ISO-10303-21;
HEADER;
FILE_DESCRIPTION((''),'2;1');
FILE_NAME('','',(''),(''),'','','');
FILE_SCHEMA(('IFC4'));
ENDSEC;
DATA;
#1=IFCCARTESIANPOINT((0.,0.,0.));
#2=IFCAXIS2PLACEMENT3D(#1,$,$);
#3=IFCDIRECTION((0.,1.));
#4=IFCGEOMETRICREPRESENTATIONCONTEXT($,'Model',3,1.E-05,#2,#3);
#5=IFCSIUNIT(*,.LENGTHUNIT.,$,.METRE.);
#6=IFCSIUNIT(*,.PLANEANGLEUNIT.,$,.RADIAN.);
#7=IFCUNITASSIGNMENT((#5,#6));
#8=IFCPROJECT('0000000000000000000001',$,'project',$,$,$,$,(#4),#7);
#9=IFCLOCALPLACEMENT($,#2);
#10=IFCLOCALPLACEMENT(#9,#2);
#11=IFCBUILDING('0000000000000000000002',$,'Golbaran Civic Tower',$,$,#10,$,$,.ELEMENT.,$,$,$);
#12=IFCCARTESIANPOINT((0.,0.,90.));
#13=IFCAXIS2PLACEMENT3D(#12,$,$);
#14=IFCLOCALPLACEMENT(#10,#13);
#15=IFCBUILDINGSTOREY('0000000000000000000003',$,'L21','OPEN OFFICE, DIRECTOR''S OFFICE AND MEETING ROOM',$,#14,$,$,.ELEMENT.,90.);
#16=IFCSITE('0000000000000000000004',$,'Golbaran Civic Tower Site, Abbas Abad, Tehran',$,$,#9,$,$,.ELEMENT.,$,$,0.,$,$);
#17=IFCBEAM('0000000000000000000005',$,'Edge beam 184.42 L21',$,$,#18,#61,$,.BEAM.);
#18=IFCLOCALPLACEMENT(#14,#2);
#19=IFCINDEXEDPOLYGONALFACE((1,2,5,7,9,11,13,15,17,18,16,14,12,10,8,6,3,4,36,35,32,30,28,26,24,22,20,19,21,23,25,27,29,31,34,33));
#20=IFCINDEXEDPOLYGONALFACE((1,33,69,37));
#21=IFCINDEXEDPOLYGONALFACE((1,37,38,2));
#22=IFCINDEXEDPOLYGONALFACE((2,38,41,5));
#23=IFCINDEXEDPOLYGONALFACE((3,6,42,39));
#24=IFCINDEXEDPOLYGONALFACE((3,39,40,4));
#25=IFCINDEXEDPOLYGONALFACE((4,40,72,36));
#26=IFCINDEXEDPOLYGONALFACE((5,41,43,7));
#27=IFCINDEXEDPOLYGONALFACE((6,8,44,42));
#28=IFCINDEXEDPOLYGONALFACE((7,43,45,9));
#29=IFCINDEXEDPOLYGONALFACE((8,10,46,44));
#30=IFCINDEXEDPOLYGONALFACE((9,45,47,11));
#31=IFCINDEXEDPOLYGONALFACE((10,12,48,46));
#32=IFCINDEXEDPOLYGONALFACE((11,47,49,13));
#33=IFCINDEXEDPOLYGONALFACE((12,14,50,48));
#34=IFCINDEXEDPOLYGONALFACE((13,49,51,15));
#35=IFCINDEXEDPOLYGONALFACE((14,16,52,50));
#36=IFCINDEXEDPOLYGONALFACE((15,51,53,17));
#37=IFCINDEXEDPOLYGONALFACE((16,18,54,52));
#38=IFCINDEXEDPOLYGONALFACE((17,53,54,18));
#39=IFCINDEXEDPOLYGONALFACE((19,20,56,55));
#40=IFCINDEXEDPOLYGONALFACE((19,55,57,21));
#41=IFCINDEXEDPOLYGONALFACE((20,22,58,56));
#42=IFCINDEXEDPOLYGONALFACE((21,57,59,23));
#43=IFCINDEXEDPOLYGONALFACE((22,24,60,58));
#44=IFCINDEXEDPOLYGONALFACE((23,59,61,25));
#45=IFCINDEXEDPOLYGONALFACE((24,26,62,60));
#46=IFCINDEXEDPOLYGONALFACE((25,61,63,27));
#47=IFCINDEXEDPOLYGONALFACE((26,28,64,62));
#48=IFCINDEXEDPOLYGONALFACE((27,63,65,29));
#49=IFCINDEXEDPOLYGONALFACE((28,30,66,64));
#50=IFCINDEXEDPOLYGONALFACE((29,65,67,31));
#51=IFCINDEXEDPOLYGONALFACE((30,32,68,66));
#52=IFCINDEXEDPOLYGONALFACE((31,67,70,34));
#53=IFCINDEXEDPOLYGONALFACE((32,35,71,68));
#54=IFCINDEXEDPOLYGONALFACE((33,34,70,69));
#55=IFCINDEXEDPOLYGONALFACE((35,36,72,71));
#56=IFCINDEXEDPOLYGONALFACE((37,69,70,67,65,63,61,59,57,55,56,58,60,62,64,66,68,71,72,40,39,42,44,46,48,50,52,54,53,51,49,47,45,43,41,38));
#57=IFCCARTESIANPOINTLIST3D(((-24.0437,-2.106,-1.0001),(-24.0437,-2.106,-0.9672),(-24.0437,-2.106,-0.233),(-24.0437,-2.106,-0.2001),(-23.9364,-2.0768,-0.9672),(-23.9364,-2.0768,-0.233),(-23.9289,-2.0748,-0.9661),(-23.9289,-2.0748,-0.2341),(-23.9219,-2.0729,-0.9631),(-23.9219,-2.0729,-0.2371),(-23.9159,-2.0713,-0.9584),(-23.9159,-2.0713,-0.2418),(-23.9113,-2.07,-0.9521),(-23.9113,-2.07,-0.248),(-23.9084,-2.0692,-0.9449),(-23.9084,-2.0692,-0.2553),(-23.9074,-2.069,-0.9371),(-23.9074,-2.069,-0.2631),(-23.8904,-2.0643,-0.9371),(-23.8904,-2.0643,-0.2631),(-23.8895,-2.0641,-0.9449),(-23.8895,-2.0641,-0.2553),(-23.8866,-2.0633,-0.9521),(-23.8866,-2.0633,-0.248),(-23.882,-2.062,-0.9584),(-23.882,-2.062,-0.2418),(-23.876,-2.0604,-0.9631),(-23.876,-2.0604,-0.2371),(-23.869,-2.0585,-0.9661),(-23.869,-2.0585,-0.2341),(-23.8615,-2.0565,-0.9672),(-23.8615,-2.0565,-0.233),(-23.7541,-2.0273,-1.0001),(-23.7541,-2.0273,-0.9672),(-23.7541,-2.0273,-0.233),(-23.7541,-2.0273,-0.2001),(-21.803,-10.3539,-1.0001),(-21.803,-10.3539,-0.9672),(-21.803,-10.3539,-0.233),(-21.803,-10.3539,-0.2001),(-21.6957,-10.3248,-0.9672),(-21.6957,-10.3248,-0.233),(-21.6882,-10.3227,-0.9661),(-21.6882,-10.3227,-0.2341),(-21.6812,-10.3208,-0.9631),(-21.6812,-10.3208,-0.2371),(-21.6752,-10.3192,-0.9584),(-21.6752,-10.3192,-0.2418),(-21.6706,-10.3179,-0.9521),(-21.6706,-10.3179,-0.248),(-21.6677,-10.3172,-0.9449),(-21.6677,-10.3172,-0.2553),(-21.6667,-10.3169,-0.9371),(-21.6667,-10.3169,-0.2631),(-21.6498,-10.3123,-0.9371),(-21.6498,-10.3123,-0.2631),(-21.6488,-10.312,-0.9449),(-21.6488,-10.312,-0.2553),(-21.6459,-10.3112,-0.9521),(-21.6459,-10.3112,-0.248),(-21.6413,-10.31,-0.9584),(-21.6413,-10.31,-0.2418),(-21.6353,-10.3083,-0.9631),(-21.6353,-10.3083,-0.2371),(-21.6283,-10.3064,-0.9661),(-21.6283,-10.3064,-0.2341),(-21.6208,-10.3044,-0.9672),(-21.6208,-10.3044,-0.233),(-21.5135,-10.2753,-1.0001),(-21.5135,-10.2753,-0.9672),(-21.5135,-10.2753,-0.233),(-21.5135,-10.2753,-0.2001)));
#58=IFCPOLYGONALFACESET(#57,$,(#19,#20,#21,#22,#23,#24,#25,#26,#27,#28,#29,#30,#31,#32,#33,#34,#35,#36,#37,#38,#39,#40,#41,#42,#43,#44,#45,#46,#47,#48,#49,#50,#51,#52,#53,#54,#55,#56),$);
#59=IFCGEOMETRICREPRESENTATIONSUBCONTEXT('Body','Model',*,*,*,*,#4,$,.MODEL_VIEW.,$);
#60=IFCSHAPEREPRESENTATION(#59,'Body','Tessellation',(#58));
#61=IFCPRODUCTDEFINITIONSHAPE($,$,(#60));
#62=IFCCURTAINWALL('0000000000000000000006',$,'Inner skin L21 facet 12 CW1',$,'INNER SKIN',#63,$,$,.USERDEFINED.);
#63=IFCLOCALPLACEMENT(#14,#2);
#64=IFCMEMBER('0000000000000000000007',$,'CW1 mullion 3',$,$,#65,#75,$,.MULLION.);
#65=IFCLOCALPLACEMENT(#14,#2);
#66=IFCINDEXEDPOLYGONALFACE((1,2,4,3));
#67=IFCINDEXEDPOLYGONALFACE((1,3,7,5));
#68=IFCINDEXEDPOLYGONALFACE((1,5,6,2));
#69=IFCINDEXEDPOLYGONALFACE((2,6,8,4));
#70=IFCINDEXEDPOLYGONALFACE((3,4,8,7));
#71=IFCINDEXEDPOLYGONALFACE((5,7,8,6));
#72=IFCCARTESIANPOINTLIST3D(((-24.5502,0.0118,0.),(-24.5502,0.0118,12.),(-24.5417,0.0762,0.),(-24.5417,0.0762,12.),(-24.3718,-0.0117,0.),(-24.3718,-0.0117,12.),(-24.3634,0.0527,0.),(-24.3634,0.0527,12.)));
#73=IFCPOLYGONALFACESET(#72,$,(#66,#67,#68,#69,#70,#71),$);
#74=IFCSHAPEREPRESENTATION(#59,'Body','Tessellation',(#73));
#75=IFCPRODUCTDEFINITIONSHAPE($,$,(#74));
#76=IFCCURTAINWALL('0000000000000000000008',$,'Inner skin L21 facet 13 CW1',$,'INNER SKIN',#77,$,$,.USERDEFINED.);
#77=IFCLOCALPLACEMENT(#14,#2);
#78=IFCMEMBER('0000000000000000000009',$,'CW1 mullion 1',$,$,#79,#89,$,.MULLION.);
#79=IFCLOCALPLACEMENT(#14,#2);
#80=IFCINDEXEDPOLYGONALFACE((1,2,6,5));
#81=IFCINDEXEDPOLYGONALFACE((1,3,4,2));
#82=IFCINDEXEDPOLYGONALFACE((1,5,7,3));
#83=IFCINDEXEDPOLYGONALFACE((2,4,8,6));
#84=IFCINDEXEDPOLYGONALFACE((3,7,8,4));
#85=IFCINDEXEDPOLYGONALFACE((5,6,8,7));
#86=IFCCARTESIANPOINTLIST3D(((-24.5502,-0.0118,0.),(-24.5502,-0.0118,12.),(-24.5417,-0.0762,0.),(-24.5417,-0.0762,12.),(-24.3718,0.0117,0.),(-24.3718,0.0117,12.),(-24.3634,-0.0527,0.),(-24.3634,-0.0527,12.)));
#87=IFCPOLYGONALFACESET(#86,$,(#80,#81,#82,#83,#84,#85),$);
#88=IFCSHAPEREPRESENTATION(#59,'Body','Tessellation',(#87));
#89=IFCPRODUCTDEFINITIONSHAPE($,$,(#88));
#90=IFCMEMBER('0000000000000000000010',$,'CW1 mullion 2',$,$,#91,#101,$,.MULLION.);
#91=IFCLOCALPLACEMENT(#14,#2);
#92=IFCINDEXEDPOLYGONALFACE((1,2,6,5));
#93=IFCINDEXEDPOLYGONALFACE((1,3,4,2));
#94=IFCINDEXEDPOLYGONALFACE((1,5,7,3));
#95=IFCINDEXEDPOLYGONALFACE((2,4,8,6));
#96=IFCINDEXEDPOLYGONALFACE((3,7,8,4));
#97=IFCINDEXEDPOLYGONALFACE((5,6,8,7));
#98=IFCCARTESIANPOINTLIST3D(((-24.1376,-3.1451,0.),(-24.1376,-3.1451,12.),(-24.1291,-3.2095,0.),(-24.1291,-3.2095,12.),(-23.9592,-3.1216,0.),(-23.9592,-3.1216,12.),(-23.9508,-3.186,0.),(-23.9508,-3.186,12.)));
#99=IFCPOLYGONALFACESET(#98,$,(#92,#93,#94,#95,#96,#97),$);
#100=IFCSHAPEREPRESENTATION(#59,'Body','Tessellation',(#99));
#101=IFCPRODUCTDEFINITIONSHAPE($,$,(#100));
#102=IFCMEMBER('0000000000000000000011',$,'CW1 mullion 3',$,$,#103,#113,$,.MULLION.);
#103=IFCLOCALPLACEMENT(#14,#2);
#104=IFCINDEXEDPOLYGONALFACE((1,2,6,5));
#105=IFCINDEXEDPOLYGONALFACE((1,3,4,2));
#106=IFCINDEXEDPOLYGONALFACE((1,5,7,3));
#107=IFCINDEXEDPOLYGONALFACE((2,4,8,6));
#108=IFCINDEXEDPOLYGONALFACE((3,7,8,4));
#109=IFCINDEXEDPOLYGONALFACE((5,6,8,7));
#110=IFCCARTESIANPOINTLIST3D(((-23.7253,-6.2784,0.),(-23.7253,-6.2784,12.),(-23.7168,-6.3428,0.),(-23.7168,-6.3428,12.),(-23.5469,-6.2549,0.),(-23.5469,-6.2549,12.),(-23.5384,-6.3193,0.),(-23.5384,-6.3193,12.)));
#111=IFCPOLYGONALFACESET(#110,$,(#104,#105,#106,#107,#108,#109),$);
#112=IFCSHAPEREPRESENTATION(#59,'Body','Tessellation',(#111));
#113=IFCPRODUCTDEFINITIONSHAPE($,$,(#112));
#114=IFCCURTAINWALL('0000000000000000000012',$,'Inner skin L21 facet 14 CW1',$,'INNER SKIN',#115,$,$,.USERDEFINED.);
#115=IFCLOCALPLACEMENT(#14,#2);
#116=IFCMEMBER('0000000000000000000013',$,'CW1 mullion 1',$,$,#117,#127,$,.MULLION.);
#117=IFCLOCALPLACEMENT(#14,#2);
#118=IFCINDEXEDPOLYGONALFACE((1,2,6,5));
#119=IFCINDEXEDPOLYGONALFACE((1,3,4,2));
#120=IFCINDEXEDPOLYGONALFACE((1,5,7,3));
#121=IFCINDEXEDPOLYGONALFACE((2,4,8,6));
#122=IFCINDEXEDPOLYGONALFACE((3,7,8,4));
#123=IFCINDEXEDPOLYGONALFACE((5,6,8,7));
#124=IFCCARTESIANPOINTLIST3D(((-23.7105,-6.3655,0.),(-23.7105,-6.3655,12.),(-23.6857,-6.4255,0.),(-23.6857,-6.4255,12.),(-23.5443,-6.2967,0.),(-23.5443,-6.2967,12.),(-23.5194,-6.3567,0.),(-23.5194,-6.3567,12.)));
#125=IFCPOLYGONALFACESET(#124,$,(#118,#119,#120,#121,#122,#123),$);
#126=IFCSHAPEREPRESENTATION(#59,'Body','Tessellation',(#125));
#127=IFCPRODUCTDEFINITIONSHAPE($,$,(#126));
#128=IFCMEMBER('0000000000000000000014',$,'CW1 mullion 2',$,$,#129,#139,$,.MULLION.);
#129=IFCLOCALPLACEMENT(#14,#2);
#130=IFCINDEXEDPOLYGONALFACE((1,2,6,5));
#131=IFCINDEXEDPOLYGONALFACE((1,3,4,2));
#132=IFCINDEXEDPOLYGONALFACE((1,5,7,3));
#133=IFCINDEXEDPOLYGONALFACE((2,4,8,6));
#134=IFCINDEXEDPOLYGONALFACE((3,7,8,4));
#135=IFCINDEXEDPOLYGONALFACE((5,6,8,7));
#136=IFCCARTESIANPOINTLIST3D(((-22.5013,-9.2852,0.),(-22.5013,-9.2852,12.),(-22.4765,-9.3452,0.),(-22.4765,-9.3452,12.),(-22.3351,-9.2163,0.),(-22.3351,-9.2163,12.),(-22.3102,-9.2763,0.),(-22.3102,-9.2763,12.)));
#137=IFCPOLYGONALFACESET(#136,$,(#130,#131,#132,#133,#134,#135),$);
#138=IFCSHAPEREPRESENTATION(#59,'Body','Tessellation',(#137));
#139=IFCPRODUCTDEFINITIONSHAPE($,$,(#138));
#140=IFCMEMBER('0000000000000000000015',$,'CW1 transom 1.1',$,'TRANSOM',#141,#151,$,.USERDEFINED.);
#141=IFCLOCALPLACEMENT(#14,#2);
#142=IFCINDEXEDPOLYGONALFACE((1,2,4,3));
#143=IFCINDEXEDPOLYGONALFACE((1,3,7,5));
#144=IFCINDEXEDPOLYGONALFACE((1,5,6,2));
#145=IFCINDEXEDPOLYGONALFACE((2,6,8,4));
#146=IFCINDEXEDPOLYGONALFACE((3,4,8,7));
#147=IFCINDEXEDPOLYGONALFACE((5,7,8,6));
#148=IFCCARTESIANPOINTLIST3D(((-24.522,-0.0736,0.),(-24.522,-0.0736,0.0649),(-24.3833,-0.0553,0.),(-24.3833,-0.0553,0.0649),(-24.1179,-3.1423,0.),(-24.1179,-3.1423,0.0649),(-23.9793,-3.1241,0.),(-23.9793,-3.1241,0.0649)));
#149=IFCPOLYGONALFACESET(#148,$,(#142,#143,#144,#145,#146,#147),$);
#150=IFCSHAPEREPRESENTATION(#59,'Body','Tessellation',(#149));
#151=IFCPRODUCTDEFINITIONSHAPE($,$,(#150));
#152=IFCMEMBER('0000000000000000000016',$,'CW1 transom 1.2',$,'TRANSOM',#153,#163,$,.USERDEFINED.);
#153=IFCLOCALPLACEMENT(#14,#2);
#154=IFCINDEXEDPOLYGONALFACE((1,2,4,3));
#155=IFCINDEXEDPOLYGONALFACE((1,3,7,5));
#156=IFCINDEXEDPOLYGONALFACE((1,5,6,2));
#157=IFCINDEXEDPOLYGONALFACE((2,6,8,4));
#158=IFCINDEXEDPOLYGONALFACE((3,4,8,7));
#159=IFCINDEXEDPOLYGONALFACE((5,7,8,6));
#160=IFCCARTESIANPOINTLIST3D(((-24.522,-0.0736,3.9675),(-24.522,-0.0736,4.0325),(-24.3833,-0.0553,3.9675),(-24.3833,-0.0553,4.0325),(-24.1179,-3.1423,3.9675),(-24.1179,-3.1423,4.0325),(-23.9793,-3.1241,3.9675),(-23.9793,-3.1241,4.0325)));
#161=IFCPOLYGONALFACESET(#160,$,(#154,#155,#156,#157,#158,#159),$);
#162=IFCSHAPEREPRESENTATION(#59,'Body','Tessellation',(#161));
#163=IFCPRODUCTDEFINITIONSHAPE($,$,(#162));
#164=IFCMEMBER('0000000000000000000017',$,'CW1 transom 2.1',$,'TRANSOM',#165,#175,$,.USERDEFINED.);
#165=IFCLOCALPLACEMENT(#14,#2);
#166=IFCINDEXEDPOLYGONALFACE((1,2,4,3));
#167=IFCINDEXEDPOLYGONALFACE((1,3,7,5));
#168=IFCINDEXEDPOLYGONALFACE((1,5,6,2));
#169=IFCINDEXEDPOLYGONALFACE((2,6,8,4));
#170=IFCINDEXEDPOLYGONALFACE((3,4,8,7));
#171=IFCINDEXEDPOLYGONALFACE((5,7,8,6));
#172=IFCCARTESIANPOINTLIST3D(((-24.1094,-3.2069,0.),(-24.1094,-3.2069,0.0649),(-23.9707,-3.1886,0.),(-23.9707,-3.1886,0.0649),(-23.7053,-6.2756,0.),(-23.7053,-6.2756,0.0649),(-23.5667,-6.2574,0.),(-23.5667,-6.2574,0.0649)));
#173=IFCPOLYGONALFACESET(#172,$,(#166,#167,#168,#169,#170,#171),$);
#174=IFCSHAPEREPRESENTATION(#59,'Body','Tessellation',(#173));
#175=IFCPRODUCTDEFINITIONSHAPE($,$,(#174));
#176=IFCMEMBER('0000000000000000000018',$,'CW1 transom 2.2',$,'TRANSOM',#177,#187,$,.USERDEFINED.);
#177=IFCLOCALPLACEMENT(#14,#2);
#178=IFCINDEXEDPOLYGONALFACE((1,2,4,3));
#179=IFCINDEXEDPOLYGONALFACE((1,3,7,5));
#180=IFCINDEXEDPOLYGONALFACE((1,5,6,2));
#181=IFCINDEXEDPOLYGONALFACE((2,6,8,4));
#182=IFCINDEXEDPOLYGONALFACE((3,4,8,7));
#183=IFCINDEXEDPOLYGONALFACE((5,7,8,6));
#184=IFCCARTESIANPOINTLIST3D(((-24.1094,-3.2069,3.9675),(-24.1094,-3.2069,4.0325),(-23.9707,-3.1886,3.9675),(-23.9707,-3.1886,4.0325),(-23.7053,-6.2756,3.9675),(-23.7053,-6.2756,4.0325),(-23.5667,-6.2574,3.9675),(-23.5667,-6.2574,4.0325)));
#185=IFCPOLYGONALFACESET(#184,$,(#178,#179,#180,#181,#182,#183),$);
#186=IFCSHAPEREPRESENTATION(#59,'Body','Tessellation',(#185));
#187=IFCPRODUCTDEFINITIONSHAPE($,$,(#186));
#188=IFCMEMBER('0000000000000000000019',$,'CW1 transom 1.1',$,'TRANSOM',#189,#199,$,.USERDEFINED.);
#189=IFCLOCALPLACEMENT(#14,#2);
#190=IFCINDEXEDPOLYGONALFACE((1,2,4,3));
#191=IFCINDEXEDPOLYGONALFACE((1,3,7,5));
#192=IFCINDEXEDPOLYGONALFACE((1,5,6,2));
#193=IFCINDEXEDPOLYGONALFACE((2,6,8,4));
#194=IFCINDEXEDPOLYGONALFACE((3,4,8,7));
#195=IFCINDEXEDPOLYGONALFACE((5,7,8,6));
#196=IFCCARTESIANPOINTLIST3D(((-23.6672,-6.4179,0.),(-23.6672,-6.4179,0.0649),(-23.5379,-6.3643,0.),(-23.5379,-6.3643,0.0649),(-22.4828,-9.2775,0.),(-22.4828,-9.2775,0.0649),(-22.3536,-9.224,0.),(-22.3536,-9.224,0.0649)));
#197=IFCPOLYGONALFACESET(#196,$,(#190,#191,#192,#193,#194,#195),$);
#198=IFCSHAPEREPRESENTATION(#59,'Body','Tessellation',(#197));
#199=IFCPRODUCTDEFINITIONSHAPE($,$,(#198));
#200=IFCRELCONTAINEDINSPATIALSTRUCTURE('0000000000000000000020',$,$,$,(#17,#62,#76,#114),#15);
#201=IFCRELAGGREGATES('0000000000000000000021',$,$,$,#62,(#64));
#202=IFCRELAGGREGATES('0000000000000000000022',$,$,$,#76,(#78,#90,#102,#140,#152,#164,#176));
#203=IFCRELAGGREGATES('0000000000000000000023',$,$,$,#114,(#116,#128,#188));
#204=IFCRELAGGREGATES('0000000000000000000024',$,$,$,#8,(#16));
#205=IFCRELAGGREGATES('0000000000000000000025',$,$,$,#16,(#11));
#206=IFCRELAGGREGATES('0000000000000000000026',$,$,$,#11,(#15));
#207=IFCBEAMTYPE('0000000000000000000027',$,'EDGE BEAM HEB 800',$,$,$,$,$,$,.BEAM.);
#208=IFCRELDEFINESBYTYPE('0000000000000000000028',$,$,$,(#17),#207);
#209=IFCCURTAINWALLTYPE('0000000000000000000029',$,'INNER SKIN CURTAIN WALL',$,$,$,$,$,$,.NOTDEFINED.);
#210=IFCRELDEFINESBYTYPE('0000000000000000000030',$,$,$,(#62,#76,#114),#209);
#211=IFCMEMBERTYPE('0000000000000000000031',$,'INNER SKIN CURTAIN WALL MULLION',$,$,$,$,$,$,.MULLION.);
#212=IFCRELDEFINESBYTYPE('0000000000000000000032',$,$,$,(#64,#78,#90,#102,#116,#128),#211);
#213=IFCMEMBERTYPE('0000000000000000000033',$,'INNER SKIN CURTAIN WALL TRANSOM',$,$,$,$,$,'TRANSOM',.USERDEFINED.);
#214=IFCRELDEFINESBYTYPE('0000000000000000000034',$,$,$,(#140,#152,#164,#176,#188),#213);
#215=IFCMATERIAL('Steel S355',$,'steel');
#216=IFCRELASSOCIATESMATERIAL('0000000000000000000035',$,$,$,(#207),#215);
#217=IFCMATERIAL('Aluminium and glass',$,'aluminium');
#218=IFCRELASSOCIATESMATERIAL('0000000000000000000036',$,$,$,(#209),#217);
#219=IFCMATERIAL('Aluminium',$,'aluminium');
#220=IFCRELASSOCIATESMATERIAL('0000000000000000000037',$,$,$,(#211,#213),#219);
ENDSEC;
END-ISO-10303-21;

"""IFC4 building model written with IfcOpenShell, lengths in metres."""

from ifc_helpers import new_model, si_unit, direction, frame, origin, origin_2d, place, context, subcontext, project, spatial, rectangle, i_section, extrude, material, material_profile, profile_set, type_object, element, aggregate, save


model = new_model("IFC4")

# Units and contexts
model_context = context("Model", 3, precision=1e-05, world=origin(), true_north=direction((0.0, 1.0)))
body_context = subcontext(model_context, "Body", "Model", "MODEL_VIEW")
ifc_project = project(units=[si_unit("LENGTHUNIT", "METRE"), si_unit("PLANEANGLEUNIT", "RADIAN")], contexts=[model_context])

# Site, building, storey
site_placement = place(None, origin())
site = spatial("IfcSite", under=ifc_project, at=site_placement, Name="Golbaran Civic Tower Site, Abbas Abad, Tehran", CompositionType="ELEMENT", RefElevation=0.0)
building_placement = place(site_placement, origin())
building = spatial("IfcBuilding", under=site, at=building_placement, Name="Golbaran Civic Tower", CompositionType="ELEMENT")
storey_placement = place(building_placement, frame((0.0, 0.0, 90.0)))
storey = spatial("IfcBuildingStorey", under=building, at=storey_placement, Name="L21", Description="OPEN OFFICE, DIRECTOR'S OFFICE AND MEETING ROOM", CompositionType="ELEMENT", Elevation=90.0)

# Beam
ifc_material_1 = material(Name="Steel S355", Category="steel")
ifc_material_profile_1 = material_profile(ifc_material_1, i_section(OverallWidth=0.3, OverallDepth=0.8, WebThickness=0.0176, FlangeThickness=0.033, FilletRadius=0.03, at=origin_2d()), Name="HEB 800")
ifc_profile_set_1 = profile_set([ifc_material_profile_1], Name="Steel S355")
beam_type = type_object("IfcBeamType", Name="EDGE BEAM HEB 800", PredefinedType="BEAM", material=ifc_profile_set_1)
beam_placement = place(storey_placement, frame((-23.8989, -2.0667, -0.6001), z_axis=(0.262165, -0.965023, 0.0), x_axis=(0.965023, 0.262165, 0.0)))
element("IfcBeam", 1, at=beam_placement, inside=storey, type_object=beam_type, Name="Edge beam 184.42 L21", PredefinedType="BEAM", context=body_context, shape_type="SweptSolid", body=[
    extrude(i_section(OverallWidth=0.3, OverallDepth=0.8, WebThickness=0.0176, FlangeThickness=0.033, FilletRadius=0.03, at=origin_2d()), origin(), (0.0, 0.0, 1.0), 8.5469),
])

# Curtain wall, member
ifc_material_2 = material(Name="Aluminium and glass", Category="aluminium")
curtain_wall_type = type_object("IfcCurtainWallType", Name="INNER SKIN CURTAIN WALL", PredefinedType="NOTDEFINED", material=ifc_material_2)
curtain_wall_1_placement = place(storey_placement, origin())
curtain_wall_1 = element("IfcCurtainWall", 2, at=curtain_wall_1_placement, inside=storey, type_object=curtain_wall_type, Name="Inner skin L21 facet 12 CW1", ObjectType="INNER SKIN", PredefinedType="USERDEFINED")
ifc_material_3 = material(Name="Aluminium", Category="aluminium")
ifc_material_profile_2 = material_profile(ifc_material_3, rectangle(XDim=0.1799, YDim=0.0649, at=origin_2d()), Name="INNER SKIN CURTAIN WALL MULLION")
ifc_profile_set_2 = profile_set([ifc_material_profile_2], Name="Aluminium")
member_type_1 = type_object("IfcMemberType", Name="INNER SKIN CURTAIN WALL MULLION", PredefinedType="MULLION", material=ifc_profile_set_2)
member_1_placement = place(storey_placement, frame((-24.4568, 0.0322, 0.0), z_axis=(0.0, 0.0, 1.0), x_axis=(0.991445, -0.130526, 0.0)))
member_1 = element("IfcMember", 3, at=member_1_placement, type_object=member_type_1, Name="CW1 mullion 3", PredefinedType="MULLION", context=body_context, shape_type="SweptSolid", body=[
    extrude(rectangle(XDim=0.1799, YDim=0.0649, at=origin_2d()), origin(), (0.0, 0.0, 1.0), 12.0),
])

# Curtain walls, members
curtain_wall_2_placement = place(storey_placement, origin())
curtain_wall_2 = element("IfcCurtainWall", 4, at=curtain_wall_2_placement, inside=storey, type_object=curtain_wall_type, Name="Inner skin L21 facet 13 CW1", ObjectType="INNER SKIN", PredefinedType="USERDEFINED")
member_2_placement = place(storey_placement, frame((-24.4568, -0.0322, 0.0), z_axis=(0.0, 0.0, 1.0), x_axis=(0.991445, 0.130526, 0.0)))
member_2 = element("IfcMember", 5, at=member_2_placement, type_object=member_type_1, Name="CW1 mullion 1", PredefinedType="MULLION", context=body_context, shape_type="SweptSolid", body=[
    extrude(rectangle(XDim=0.1799, YDim=0.0649, at=origin_2d()), origin(), (0.0, 0.0, 1.0), 12.0),
])
member_3_placement = place(storey_placement, frame((-24.0442, -3.1655, 0.0), z_axis=(0.0, 0.0, 1.0), x_axis=(0.991445, 0.130526, 0.0)))
member_3 = element("IfcMember", 6, at=member_3_placement, type_object=member_type_1, Name="CW1 mullion 2", PredefinedType="MULLION", context=body_context, shape_type="SweptSolid", body=[
    extrude(rectangle(XDim=0.1799, YDim=0.0649, at=origin_2d()), origin(), (0.0, 0.0, 1.0), 12.0),
])
member_4_placement = place(storey_placement, frame((-23.6318, -6.2988, 0.0), z_axis=(0.0, 0.0, 1.0), x_axis=(0.991445, 0.130526, 0.0)))
member_4 = element("IfcMember", 7, at=member_4_placement, type_object=member_type_1, Name="CW1 mullion 3", PredefinedType="MULLION", context=body_context, shape_type="SweptSolid", body=[
    extrude(rectangle(XDim=0.1799, YDim=0.0649, at=origin_2d()), origin(), (0.0, 0.0, 1.0), 12.0),
])
curtain_wall_3_placement = place(storey_placement, origin())
curtain_wall_3 = element("IfcCurtainWall", 8, at=curtain_wall_3_placement, inside=storey, type_object=curtain_wall_type, Name="Inner skin L21 facet 14 CW1", ObjectType="INNER SKIN", PredefinedType="USERDEFINED")
member_5_placement = place(storey_placement, frame((-23.615, -6.3611, 0.0), z_axis=(0.0, 0.0, 1.0), x_axis=(0.92388, 0.382683, 0.0)))
member_5 = element("IfcMember", 9, at=member_5_placement, type_object=member_type_1, Name="CW1 mullion 1", PredefinedType="MULLION", context=body_context, shape_type="SweptSolid", body=[
    extrude(rectangle(XDim=0.1799, YDim=0.0649, at=origin_2d()), origin(), (0.0, 0.0, 1.0), 12.0),
])
member_6_placement = place(storey_placement, frame((-22.4058, -9.2808, 0.0), z_axis=(0.0, 0.0, 1.0), x_axis=(0.92388, 0.382683, 0.0)))
member_6 = element("IfcMember", 10, at=member_6_placement, type_object=member_type_1, Name="CW1 mullion 2", PredefinedType="MULLION", context=body_context, shape_type="SweptSolid", body=[
    extrude(rectangle(XDim=0.1799, YDim=0.0649, at=origin_2d()), origin(), (0.0, 0.0, 1.0), 12.0),
])

# Members
ifc_material_profile_3 = material_profile(ifc_material_3, rectangle(XDim=0.1399, YDim=0.0649, at=origin_2d()), Name="INNER SKIN CURTAIN WALL TRANSOM")
ifc_profile_set_3 = profile_set([ifc_material_profile_3], Name="Aluminium")
member_type_2 = type_object("IfcMemberType", Name="INNER SKIN CURTAIN WALL TRANSOM", ElementType="TRANSOM", PredefinedType="USERDEFINED", material=ifc_profile_set_3)
member_7_placement = place(storey_placement, frame((-24.4526, -0.0645, 0.0325), z_axis=(0.130536, -0.991444, 0.0), x_axis=(0.991444, 0.130536, 0.0)))
member_7 = element("IfcMember", 11, at=member_7_placement, type_object=member_type_2, Name="CW1 transom 1.1", ObjectType="TRANSOM", PredefinedType="USERDEFINED", context=body_context, shape_type="SweptSolid", body=[
    extrude(rectangle(XDim=0.1399, YDim=0.0649, at=origin_2d()), origin(), (0.0, 0.0, 1.0), 3.0952),
])
member_8_placement = place(storey_placement, frame((-24.4526, -0.0645, 4.0), z_axis=(0.130536, -0.991444, 0.0), x_axis=(0.991444, 0.130536, 0.0)))
member_8 = element("IfcMember", 12, at=member_8_placement, type_object=member_type_2, Name="CW1 transom 1.2", ObjectType="TRANSOM", PredefinedType="USERDEFINED", context=body_context, shape_type="SweptSolid", body=[
    extrude(rectangle(XDim=0.1399, YDim=0.0649, at=origin_2d()), origin(), (0.0, 0.0, 1.0), 3.0952),
])
member_9_placement = place(storey_placement, frame((-24.04, -3.1978, 0.0325), z_axis=(0.130536, -0.991444, 0.0), x_axis=(0.991444, 0.130536, 0.0)))
member_9 = element("IfcMember", 13, at=member_9_placement, type_object=member_type_2, Name="CW1 transom 2.1", ObjectType="TRANSOM", PredefinedType="USERDEFINED", context=body_context, shape_type="SweptSolid", body=[
    extrude(rectangle(XDim=0.1399, YDim=0.0649, at=origin_2d()), origin(), (0.0, 0.0, 1.0), 3.0952),
])
member_10_placement = place(storey_placement, frame((-24.04, -3.1978, 4.0), z_axis=(0.130536, -0.991444, 0.0), x_axis=(0.991444, 0.130536, 0.0)))
member_10 = element("IfcMember", 14, at=member_10_placement, type_object=member_type_2, Name="CW1 transom 2.2", ObjectType="TRANSOM", PredefinedType="USERDEFINED", context=body_context, shape_type="SweptSolid", body=[
    extrude(rectangle(XDim=0.1399, YDim=0.0649, at=origin_2d()), origin(), (0.0, 0.0, 1.0), 3.0952),
])
member_11_placement = place(storey_placement, frame((-23.6025, -6.3911, 0.0325), z_axis=(0.382637, -0.923899, 0.0), x_axis=(0.923899, 0.382637, 0.0)))
member_11 = element("IfcMember", 15, at=member_11_placement, type_object=member_type_2, Name="CW1 transom 1.1", ObjectType="TRANSOM", PredefinedType="USERDEFINED", context=body_context, shape_type="SweptSolid", body=[
    extrude(rectangle(XDim=0.1399, YDim=0.0649, at=origin_2d()), origin(), (0.0, 0.0, 1.0), 3.0952),
])

aggregate(curtain_wall_1, [member_1])
aggregate(curtain_wall_2, [member_2, member_3, member_4, member_7, member_8, member_9, member_10])
aggregate(curtain_wall_3, [member_5, member_6, member_11])

save(model, "model.ifc")
